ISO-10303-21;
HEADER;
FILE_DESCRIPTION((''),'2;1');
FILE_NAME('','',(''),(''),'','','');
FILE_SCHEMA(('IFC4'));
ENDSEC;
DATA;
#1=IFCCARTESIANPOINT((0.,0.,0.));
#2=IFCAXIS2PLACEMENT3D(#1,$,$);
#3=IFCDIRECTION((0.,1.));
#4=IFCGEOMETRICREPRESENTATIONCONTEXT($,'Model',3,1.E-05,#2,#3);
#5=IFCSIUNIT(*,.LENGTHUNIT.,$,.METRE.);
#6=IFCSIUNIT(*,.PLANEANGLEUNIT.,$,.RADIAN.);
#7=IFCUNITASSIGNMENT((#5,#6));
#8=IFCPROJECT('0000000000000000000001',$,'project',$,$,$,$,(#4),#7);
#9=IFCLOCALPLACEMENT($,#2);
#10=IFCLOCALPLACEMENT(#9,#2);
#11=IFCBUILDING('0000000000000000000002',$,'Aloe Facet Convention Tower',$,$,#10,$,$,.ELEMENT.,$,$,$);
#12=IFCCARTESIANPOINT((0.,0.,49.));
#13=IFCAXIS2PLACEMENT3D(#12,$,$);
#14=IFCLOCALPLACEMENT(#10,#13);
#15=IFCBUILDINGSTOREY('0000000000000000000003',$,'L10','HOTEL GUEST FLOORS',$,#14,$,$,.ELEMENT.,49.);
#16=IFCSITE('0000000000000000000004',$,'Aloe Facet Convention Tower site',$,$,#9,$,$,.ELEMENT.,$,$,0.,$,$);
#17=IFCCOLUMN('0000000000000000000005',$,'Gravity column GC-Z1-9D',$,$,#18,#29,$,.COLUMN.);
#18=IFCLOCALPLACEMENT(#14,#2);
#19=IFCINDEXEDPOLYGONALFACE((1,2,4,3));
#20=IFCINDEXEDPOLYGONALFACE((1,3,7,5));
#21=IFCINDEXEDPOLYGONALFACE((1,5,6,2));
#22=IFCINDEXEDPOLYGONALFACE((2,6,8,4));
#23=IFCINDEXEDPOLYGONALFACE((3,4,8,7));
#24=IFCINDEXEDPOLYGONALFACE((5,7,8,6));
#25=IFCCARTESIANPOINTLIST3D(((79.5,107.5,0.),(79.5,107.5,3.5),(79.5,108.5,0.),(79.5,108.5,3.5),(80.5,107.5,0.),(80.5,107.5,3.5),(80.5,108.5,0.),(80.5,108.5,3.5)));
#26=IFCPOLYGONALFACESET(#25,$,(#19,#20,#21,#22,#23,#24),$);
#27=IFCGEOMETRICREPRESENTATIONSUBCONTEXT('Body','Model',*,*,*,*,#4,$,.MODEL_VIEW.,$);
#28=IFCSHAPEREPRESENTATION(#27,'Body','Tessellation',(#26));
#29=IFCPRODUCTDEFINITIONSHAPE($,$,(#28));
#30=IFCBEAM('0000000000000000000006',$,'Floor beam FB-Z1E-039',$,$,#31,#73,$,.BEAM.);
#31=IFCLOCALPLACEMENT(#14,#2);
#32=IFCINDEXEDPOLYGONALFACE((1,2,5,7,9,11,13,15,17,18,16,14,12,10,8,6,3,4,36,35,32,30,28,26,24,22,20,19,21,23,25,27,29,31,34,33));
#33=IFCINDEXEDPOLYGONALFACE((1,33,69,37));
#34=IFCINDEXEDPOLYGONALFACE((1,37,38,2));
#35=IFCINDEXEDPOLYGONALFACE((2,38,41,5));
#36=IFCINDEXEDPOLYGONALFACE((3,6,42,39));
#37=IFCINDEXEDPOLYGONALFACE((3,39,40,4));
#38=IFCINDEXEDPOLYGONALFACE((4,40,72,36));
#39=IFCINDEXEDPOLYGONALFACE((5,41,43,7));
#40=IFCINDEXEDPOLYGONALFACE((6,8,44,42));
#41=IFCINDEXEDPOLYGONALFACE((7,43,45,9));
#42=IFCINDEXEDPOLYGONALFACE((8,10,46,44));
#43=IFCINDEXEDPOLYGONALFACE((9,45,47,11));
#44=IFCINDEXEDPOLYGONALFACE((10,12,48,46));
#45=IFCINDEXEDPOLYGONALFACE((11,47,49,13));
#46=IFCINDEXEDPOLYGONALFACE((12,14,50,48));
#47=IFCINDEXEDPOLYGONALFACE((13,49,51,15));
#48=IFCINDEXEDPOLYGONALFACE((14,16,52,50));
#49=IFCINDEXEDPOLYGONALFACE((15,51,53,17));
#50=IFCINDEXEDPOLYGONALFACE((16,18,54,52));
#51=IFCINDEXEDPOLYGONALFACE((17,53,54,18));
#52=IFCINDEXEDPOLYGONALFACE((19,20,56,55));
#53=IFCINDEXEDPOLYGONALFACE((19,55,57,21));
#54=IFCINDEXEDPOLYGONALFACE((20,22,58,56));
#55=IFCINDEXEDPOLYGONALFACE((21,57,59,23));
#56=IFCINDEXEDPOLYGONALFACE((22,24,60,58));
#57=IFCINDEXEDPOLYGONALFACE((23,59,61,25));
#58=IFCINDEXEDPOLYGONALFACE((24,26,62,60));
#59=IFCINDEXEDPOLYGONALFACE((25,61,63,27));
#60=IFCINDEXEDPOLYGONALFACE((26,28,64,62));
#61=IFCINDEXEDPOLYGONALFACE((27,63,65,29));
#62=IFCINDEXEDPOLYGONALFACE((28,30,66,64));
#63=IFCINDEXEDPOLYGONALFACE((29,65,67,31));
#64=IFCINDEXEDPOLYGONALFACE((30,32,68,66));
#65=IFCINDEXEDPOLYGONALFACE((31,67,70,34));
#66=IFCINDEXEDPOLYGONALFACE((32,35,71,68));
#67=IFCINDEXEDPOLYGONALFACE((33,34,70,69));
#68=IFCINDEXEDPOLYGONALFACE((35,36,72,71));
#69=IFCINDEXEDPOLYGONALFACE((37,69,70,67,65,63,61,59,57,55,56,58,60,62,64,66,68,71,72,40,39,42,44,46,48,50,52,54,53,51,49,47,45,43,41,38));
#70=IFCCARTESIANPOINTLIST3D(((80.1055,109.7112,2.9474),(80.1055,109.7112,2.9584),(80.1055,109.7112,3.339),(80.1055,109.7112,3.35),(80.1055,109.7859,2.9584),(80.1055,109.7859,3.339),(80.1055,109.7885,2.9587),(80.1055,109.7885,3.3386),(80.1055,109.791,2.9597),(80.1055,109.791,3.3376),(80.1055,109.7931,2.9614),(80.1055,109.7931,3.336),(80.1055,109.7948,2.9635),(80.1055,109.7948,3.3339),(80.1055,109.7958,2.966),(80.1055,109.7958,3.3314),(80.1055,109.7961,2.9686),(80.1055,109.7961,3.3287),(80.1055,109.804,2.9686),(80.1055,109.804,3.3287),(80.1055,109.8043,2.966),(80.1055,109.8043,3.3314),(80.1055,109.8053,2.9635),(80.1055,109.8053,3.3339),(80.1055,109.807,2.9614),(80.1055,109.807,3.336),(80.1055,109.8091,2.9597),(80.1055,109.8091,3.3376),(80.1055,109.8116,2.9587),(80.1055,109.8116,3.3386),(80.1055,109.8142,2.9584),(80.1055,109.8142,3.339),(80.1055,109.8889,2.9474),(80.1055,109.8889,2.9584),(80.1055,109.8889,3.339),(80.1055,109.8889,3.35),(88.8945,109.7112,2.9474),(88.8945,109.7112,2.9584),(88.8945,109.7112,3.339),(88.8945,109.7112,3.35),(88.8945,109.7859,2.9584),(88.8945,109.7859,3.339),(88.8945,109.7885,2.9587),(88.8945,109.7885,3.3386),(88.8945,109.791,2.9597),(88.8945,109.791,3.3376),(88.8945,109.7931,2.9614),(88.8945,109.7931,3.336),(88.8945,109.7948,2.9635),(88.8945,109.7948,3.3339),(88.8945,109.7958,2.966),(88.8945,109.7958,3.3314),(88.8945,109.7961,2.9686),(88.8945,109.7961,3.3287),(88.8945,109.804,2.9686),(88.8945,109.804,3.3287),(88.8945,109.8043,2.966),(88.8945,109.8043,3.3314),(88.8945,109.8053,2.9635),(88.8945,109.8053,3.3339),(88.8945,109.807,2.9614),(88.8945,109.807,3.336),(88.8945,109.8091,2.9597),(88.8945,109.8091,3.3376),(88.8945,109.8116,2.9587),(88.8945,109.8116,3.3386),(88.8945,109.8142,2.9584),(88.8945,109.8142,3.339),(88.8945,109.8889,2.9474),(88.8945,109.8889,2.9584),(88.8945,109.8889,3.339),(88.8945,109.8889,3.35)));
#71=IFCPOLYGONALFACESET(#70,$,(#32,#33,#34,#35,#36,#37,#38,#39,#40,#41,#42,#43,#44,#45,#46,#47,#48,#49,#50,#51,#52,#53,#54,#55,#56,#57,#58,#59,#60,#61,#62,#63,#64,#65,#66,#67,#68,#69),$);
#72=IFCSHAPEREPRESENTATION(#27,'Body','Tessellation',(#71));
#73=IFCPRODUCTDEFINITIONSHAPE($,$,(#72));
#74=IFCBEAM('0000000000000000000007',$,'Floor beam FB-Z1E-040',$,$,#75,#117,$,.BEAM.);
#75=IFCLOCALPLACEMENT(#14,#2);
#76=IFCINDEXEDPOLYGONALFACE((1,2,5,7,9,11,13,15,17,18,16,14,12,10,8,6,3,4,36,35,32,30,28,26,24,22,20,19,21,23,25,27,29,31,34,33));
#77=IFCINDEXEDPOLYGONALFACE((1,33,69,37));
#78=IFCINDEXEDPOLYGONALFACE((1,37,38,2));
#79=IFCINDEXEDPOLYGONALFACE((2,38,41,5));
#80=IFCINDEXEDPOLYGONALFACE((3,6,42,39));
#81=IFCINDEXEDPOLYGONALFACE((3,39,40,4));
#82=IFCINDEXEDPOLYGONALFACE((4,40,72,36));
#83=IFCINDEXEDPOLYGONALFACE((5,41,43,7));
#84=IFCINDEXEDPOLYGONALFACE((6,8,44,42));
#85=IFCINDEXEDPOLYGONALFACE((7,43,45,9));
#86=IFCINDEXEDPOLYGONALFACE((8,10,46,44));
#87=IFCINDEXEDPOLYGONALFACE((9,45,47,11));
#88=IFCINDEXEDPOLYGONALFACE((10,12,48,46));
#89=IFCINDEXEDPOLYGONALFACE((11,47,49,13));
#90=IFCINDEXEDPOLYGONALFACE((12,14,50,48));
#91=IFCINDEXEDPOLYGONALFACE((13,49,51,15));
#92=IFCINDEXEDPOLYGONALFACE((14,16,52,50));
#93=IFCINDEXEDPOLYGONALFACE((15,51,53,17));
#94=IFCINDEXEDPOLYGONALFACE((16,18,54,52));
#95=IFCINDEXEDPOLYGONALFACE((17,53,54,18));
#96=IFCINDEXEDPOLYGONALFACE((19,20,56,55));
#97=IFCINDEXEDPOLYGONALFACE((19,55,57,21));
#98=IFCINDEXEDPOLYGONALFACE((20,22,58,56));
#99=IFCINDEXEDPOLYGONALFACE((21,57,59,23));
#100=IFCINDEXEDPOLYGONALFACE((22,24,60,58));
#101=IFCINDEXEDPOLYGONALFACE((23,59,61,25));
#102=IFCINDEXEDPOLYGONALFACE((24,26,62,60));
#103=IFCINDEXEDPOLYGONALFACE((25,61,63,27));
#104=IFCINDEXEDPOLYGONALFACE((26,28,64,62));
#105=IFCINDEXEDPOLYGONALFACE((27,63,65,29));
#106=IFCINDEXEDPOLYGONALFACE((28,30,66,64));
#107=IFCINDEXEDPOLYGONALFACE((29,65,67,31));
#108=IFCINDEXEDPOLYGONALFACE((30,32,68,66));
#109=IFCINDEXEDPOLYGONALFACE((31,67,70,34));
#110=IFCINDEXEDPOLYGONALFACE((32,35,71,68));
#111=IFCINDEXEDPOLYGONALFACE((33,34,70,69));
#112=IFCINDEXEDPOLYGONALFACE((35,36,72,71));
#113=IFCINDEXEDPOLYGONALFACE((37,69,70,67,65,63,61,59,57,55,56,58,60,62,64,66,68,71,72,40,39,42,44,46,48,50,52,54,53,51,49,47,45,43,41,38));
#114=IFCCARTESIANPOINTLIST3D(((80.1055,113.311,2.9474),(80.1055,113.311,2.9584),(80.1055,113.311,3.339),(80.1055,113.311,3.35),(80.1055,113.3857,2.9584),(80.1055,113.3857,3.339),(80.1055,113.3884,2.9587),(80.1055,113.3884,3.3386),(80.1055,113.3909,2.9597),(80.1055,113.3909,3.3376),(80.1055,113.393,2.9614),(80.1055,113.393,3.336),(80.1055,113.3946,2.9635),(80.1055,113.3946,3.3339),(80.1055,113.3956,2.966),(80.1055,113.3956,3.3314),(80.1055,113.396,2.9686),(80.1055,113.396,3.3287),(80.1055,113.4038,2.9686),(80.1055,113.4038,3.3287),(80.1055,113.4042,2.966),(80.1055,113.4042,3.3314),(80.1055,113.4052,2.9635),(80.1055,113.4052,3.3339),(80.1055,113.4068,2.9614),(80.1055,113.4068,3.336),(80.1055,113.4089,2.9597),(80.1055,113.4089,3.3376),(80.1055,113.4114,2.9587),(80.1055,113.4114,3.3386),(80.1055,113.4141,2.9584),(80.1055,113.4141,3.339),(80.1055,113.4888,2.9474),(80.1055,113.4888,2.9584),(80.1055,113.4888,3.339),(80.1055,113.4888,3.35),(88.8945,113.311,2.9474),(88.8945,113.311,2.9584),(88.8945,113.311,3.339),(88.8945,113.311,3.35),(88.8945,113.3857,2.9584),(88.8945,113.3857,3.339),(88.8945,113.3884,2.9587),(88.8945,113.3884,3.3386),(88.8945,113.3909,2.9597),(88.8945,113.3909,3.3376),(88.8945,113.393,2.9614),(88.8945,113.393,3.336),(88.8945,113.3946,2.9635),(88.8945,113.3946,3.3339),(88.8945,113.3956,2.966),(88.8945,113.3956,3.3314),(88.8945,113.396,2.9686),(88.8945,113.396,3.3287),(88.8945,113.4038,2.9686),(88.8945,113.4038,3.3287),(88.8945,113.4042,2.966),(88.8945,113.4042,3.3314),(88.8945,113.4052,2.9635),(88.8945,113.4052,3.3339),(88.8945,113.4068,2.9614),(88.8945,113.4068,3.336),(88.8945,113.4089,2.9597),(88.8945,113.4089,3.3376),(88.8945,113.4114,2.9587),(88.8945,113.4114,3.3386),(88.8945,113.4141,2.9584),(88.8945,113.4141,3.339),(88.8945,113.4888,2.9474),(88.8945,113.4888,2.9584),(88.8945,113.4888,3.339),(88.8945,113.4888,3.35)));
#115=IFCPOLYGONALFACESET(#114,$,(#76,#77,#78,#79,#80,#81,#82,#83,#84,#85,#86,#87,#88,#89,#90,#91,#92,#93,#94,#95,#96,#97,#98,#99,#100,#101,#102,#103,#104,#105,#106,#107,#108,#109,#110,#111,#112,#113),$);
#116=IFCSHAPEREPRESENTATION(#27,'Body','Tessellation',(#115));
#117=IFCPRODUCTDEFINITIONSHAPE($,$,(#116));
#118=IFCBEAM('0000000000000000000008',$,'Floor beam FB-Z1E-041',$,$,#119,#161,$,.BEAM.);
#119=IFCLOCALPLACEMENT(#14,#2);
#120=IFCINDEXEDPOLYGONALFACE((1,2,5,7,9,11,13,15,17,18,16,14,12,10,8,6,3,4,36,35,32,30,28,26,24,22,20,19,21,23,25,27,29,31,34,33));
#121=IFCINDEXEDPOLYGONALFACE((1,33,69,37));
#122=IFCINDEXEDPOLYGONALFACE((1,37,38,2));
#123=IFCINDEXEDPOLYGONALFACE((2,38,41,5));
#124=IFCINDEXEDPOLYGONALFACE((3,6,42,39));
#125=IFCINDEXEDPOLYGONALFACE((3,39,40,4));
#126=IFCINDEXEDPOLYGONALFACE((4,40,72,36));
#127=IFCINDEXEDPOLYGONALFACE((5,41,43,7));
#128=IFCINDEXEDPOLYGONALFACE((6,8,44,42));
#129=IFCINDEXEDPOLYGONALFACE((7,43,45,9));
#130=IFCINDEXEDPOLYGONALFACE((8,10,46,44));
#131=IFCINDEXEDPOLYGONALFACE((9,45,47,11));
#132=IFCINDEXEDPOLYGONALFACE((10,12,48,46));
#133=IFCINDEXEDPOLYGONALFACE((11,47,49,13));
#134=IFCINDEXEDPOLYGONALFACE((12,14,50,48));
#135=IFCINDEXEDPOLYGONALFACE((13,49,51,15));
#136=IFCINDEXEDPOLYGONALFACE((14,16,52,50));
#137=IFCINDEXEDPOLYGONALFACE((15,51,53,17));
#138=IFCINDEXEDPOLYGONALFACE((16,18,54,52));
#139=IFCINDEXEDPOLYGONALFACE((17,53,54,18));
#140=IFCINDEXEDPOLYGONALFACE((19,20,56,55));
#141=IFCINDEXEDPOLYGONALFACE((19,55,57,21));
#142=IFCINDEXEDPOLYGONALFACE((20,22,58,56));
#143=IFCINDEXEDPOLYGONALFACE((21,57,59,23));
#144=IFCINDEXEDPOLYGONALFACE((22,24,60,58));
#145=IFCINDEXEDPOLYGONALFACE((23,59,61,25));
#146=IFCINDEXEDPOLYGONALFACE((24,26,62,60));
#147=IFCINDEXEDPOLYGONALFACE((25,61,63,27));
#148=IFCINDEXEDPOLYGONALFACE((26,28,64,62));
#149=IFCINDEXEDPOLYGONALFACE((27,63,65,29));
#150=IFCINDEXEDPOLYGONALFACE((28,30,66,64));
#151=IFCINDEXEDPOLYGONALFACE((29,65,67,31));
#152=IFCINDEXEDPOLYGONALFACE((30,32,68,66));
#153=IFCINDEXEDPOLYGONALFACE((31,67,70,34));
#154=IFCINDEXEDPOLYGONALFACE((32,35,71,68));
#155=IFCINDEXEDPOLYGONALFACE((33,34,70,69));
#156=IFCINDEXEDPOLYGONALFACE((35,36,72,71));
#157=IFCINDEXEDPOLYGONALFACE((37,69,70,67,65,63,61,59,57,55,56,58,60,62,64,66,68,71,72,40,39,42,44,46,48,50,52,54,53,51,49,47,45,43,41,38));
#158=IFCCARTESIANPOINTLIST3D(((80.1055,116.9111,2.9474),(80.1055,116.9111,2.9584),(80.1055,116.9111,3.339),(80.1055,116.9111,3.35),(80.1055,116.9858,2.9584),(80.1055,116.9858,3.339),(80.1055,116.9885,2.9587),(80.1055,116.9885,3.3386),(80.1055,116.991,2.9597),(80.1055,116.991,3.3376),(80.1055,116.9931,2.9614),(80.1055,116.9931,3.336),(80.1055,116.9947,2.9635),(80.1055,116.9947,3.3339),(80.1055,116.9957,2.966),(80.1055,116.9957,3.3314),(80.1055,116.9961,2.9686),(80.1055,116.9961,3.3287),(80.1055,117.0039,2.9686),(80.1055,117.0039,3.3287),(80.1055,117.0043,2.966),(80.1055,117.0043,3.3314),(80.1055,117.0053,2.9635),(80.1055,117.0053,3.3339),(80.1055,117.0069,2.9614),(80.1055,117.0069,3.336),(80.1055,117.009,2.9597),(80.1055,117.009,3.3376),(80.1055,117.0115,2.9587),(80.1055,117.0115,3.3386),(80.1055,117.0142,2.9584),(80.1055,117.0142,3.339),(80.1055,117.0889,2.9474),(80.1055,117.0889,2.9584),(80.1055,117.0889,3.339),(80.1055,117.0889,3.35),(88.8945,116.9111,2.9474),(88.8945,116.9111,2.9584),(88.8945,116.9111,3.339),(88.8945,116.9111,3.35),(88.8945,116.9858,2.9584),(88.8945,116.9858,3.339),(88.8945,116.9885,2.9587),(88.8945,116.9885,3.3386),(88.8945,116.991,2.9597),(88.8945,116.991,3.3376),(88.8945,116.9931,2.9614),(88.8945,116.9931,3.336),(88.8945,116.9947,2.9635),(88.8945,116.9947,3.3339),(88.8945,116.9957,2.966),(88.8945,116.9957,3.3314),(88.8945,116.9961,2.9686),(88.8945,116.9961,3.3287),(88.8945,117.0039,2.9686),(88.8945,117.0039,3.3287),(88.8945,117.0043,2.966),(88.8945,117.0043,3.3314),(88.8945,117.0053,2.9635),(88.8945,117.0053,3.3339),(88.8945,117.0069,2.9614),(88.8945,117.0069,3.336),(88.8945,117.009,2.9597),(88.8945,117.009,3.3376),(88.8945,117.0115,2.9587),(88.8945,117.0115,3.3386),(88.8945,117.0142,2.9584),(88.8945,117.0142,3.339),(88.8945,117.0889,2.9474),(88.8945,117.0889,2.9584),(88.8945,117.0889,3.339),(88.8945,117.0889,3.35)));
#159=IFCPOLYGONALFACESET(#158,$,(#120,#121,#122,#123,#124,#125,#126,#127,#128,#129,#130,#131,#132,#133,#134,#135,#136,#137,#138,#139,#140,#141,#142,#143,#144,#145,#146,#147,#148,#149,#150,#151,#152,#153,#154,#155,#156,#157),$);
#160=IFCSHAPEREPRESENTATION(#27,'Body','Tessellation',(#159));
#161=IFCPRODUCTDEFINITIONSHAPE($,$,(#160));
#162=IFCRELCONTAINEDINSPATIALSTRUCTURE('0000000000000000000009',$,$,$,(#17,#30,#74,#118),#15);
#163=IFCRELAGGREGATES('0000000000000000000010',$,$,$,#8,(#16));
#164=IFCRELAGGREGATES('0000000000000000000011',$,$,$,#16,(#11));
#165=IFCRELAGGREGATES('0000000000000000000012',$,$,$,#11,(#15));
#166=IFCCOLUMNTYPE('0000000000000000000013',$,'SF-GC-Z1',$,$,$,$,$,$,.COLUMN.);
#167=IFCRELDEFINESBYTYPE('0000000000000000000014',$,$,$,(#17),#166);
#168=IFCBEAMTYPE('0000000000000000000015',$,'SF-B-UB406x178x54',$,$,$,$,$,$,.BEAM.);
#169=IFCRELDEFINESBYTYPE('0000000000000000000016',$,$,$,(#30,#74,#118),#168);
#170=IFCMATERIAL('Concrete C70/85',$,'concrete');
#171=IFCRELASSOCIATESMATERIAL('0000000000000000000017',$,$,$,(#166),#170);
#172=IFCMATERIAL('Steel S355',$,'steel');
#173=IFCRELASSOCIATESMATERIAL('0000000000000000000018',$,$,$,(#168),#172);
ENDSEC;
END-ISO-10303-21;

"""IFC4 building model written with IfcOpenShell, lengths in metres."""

from ifc_helpers import new_model, si_unit, direction, frame, origin, origin_2d, place, context, subcontext, project, spatial, rectangle, i_section, extrude, material, material_profile, profile_set, type_object, element, save


model = new_model("IFC4")

# Units and contexts
model_context = context("Model", 3, precision=1e-05, world=origin(), true_north=direction((0.0, 1.0)))
body_context = subcontext(model_context, "Body", "Model", "MODEL_VIEW")
ifc_project = project(units=[si_unit("LENGTHUNIT", "METRE"), si_unit("PLANEANGLEUNIT", "RADIAN")], contexts=[model_context])

# Site, building, storey
site_placement = place(None, origin())
site = spatial("IfcSite", under=ifc_project, at=site_placement, Name="Aloe Facet Convention Tower site", CompositionType="ELEMENT", RefElevation=0.0)
building_placement = place(site_placement, origin())
building = spatial("IfcBuilding", under=site, at=building_placement, Name="Aloe Facet Convention Tower", CompositionType="ELEMENT")
storey_placement = place(building_placement, frame((0.0, 0.0, 49.0)))
storey = spatial("IfcBuildingStorey", under=building, at=storey_placement, Name="L10", Description="HOTEL GUEST FLOORS", CompositionType="ELEMENT", Elevation=49.0)

# Column
ifc_material_1 = material(Name="Concrete C70/85", Category="concrete")
ifc_material_profile_1 = material_profile(ifc_material_1, rectangle(XDim=1.0, YDim=1.0, at=origin_2d()), Name="SF-GC-Z1")
ifc_profile_set_1 = profile_set([ifc_material_profile_1], Name="Concrete C70/85")
column_type = type_object("IfcColumnType", Name="SF-GC-Z1", PredefinedType="COLUMN", material=ifc_profile_set_1)
column_placement = place(storey_placement, frame((80.0, 108.0, 0.0), z_axis=(0.0, 0.0, 1.0), x_axis=(1.0, 0.0, 0.0)))
element("IfcColumn", 1, at=column_placement, inside=storey, type_object=column_type, Name="Gravity column GC-Z1-9D", PredefinedType="COLUMN", context=body_context, shape_type="SweptSolid", body=[
    extrude(rectangle(XDim=1.0, YDim=1.0, at=origin_2d()), origin(), (0.0, 0.0, 1.0), 3.5),
])

# Beams
ifc_material_2 = material(Name="Steel S355", Category="steel")
ifc_material_profile_2 = material_profile(ifc_material_2, i_section(OverallWidth=0.1777, OverallDepth=0.4026, WebThickness=0.0078, FlangeThickness=0.011, FilletRadius=0.0103, at=origin_2d()), Name="UB 406x178x54")
ifc_profile_set_2 = profile_set([ifc_material_profile_2], Name="Steel S355")
beam_type_1 = type_object("IfcBeamType", Name="SF-B-UB406x178x54", PredefinedType="BEAM", material=ifc_profile_set_2)
for number, where, z_axis, x_axis, name in (
    (2, (80.1055, 109.8, 3.1487), (1.0, 0.0, 0.0), (0.0, 1.0, 0.0), "Floor beam FB-Z1E-039"),
    (3, (80.1055, 113.3999, 3.1487), (1.0, 0.0, 0.0), (0.0, 1.0, 0.0), "Floor beam FB-Z1E-040"),
    (4, (80.1055, 117.0, 3.1487), (1.0, 0.0, 0.0), (0.0, 1.0, 0.0), "Floor beam FB-Z1E-041"),
):
    element("IfcBeam", number, at=place(storey_placement, frame(where, z_axis=z_axis, x_axis=x_axis)), inside=storey, type_object=beam_type_1, Name=name, PredefinedType="BEAM", context=body_context, shape_type="SweptSolid", body=[
        extrude(i_section(OverallWidth=0.1777, OverallDepth=0.4026, WebThickness=0.0078, FlangeThickness=0.011, FilletRadius=0.0103, at=origin_2d()), origin(), (0.0, 0.0, 1.0), 8.7891),
    ])

save(model, "model.ifc")
